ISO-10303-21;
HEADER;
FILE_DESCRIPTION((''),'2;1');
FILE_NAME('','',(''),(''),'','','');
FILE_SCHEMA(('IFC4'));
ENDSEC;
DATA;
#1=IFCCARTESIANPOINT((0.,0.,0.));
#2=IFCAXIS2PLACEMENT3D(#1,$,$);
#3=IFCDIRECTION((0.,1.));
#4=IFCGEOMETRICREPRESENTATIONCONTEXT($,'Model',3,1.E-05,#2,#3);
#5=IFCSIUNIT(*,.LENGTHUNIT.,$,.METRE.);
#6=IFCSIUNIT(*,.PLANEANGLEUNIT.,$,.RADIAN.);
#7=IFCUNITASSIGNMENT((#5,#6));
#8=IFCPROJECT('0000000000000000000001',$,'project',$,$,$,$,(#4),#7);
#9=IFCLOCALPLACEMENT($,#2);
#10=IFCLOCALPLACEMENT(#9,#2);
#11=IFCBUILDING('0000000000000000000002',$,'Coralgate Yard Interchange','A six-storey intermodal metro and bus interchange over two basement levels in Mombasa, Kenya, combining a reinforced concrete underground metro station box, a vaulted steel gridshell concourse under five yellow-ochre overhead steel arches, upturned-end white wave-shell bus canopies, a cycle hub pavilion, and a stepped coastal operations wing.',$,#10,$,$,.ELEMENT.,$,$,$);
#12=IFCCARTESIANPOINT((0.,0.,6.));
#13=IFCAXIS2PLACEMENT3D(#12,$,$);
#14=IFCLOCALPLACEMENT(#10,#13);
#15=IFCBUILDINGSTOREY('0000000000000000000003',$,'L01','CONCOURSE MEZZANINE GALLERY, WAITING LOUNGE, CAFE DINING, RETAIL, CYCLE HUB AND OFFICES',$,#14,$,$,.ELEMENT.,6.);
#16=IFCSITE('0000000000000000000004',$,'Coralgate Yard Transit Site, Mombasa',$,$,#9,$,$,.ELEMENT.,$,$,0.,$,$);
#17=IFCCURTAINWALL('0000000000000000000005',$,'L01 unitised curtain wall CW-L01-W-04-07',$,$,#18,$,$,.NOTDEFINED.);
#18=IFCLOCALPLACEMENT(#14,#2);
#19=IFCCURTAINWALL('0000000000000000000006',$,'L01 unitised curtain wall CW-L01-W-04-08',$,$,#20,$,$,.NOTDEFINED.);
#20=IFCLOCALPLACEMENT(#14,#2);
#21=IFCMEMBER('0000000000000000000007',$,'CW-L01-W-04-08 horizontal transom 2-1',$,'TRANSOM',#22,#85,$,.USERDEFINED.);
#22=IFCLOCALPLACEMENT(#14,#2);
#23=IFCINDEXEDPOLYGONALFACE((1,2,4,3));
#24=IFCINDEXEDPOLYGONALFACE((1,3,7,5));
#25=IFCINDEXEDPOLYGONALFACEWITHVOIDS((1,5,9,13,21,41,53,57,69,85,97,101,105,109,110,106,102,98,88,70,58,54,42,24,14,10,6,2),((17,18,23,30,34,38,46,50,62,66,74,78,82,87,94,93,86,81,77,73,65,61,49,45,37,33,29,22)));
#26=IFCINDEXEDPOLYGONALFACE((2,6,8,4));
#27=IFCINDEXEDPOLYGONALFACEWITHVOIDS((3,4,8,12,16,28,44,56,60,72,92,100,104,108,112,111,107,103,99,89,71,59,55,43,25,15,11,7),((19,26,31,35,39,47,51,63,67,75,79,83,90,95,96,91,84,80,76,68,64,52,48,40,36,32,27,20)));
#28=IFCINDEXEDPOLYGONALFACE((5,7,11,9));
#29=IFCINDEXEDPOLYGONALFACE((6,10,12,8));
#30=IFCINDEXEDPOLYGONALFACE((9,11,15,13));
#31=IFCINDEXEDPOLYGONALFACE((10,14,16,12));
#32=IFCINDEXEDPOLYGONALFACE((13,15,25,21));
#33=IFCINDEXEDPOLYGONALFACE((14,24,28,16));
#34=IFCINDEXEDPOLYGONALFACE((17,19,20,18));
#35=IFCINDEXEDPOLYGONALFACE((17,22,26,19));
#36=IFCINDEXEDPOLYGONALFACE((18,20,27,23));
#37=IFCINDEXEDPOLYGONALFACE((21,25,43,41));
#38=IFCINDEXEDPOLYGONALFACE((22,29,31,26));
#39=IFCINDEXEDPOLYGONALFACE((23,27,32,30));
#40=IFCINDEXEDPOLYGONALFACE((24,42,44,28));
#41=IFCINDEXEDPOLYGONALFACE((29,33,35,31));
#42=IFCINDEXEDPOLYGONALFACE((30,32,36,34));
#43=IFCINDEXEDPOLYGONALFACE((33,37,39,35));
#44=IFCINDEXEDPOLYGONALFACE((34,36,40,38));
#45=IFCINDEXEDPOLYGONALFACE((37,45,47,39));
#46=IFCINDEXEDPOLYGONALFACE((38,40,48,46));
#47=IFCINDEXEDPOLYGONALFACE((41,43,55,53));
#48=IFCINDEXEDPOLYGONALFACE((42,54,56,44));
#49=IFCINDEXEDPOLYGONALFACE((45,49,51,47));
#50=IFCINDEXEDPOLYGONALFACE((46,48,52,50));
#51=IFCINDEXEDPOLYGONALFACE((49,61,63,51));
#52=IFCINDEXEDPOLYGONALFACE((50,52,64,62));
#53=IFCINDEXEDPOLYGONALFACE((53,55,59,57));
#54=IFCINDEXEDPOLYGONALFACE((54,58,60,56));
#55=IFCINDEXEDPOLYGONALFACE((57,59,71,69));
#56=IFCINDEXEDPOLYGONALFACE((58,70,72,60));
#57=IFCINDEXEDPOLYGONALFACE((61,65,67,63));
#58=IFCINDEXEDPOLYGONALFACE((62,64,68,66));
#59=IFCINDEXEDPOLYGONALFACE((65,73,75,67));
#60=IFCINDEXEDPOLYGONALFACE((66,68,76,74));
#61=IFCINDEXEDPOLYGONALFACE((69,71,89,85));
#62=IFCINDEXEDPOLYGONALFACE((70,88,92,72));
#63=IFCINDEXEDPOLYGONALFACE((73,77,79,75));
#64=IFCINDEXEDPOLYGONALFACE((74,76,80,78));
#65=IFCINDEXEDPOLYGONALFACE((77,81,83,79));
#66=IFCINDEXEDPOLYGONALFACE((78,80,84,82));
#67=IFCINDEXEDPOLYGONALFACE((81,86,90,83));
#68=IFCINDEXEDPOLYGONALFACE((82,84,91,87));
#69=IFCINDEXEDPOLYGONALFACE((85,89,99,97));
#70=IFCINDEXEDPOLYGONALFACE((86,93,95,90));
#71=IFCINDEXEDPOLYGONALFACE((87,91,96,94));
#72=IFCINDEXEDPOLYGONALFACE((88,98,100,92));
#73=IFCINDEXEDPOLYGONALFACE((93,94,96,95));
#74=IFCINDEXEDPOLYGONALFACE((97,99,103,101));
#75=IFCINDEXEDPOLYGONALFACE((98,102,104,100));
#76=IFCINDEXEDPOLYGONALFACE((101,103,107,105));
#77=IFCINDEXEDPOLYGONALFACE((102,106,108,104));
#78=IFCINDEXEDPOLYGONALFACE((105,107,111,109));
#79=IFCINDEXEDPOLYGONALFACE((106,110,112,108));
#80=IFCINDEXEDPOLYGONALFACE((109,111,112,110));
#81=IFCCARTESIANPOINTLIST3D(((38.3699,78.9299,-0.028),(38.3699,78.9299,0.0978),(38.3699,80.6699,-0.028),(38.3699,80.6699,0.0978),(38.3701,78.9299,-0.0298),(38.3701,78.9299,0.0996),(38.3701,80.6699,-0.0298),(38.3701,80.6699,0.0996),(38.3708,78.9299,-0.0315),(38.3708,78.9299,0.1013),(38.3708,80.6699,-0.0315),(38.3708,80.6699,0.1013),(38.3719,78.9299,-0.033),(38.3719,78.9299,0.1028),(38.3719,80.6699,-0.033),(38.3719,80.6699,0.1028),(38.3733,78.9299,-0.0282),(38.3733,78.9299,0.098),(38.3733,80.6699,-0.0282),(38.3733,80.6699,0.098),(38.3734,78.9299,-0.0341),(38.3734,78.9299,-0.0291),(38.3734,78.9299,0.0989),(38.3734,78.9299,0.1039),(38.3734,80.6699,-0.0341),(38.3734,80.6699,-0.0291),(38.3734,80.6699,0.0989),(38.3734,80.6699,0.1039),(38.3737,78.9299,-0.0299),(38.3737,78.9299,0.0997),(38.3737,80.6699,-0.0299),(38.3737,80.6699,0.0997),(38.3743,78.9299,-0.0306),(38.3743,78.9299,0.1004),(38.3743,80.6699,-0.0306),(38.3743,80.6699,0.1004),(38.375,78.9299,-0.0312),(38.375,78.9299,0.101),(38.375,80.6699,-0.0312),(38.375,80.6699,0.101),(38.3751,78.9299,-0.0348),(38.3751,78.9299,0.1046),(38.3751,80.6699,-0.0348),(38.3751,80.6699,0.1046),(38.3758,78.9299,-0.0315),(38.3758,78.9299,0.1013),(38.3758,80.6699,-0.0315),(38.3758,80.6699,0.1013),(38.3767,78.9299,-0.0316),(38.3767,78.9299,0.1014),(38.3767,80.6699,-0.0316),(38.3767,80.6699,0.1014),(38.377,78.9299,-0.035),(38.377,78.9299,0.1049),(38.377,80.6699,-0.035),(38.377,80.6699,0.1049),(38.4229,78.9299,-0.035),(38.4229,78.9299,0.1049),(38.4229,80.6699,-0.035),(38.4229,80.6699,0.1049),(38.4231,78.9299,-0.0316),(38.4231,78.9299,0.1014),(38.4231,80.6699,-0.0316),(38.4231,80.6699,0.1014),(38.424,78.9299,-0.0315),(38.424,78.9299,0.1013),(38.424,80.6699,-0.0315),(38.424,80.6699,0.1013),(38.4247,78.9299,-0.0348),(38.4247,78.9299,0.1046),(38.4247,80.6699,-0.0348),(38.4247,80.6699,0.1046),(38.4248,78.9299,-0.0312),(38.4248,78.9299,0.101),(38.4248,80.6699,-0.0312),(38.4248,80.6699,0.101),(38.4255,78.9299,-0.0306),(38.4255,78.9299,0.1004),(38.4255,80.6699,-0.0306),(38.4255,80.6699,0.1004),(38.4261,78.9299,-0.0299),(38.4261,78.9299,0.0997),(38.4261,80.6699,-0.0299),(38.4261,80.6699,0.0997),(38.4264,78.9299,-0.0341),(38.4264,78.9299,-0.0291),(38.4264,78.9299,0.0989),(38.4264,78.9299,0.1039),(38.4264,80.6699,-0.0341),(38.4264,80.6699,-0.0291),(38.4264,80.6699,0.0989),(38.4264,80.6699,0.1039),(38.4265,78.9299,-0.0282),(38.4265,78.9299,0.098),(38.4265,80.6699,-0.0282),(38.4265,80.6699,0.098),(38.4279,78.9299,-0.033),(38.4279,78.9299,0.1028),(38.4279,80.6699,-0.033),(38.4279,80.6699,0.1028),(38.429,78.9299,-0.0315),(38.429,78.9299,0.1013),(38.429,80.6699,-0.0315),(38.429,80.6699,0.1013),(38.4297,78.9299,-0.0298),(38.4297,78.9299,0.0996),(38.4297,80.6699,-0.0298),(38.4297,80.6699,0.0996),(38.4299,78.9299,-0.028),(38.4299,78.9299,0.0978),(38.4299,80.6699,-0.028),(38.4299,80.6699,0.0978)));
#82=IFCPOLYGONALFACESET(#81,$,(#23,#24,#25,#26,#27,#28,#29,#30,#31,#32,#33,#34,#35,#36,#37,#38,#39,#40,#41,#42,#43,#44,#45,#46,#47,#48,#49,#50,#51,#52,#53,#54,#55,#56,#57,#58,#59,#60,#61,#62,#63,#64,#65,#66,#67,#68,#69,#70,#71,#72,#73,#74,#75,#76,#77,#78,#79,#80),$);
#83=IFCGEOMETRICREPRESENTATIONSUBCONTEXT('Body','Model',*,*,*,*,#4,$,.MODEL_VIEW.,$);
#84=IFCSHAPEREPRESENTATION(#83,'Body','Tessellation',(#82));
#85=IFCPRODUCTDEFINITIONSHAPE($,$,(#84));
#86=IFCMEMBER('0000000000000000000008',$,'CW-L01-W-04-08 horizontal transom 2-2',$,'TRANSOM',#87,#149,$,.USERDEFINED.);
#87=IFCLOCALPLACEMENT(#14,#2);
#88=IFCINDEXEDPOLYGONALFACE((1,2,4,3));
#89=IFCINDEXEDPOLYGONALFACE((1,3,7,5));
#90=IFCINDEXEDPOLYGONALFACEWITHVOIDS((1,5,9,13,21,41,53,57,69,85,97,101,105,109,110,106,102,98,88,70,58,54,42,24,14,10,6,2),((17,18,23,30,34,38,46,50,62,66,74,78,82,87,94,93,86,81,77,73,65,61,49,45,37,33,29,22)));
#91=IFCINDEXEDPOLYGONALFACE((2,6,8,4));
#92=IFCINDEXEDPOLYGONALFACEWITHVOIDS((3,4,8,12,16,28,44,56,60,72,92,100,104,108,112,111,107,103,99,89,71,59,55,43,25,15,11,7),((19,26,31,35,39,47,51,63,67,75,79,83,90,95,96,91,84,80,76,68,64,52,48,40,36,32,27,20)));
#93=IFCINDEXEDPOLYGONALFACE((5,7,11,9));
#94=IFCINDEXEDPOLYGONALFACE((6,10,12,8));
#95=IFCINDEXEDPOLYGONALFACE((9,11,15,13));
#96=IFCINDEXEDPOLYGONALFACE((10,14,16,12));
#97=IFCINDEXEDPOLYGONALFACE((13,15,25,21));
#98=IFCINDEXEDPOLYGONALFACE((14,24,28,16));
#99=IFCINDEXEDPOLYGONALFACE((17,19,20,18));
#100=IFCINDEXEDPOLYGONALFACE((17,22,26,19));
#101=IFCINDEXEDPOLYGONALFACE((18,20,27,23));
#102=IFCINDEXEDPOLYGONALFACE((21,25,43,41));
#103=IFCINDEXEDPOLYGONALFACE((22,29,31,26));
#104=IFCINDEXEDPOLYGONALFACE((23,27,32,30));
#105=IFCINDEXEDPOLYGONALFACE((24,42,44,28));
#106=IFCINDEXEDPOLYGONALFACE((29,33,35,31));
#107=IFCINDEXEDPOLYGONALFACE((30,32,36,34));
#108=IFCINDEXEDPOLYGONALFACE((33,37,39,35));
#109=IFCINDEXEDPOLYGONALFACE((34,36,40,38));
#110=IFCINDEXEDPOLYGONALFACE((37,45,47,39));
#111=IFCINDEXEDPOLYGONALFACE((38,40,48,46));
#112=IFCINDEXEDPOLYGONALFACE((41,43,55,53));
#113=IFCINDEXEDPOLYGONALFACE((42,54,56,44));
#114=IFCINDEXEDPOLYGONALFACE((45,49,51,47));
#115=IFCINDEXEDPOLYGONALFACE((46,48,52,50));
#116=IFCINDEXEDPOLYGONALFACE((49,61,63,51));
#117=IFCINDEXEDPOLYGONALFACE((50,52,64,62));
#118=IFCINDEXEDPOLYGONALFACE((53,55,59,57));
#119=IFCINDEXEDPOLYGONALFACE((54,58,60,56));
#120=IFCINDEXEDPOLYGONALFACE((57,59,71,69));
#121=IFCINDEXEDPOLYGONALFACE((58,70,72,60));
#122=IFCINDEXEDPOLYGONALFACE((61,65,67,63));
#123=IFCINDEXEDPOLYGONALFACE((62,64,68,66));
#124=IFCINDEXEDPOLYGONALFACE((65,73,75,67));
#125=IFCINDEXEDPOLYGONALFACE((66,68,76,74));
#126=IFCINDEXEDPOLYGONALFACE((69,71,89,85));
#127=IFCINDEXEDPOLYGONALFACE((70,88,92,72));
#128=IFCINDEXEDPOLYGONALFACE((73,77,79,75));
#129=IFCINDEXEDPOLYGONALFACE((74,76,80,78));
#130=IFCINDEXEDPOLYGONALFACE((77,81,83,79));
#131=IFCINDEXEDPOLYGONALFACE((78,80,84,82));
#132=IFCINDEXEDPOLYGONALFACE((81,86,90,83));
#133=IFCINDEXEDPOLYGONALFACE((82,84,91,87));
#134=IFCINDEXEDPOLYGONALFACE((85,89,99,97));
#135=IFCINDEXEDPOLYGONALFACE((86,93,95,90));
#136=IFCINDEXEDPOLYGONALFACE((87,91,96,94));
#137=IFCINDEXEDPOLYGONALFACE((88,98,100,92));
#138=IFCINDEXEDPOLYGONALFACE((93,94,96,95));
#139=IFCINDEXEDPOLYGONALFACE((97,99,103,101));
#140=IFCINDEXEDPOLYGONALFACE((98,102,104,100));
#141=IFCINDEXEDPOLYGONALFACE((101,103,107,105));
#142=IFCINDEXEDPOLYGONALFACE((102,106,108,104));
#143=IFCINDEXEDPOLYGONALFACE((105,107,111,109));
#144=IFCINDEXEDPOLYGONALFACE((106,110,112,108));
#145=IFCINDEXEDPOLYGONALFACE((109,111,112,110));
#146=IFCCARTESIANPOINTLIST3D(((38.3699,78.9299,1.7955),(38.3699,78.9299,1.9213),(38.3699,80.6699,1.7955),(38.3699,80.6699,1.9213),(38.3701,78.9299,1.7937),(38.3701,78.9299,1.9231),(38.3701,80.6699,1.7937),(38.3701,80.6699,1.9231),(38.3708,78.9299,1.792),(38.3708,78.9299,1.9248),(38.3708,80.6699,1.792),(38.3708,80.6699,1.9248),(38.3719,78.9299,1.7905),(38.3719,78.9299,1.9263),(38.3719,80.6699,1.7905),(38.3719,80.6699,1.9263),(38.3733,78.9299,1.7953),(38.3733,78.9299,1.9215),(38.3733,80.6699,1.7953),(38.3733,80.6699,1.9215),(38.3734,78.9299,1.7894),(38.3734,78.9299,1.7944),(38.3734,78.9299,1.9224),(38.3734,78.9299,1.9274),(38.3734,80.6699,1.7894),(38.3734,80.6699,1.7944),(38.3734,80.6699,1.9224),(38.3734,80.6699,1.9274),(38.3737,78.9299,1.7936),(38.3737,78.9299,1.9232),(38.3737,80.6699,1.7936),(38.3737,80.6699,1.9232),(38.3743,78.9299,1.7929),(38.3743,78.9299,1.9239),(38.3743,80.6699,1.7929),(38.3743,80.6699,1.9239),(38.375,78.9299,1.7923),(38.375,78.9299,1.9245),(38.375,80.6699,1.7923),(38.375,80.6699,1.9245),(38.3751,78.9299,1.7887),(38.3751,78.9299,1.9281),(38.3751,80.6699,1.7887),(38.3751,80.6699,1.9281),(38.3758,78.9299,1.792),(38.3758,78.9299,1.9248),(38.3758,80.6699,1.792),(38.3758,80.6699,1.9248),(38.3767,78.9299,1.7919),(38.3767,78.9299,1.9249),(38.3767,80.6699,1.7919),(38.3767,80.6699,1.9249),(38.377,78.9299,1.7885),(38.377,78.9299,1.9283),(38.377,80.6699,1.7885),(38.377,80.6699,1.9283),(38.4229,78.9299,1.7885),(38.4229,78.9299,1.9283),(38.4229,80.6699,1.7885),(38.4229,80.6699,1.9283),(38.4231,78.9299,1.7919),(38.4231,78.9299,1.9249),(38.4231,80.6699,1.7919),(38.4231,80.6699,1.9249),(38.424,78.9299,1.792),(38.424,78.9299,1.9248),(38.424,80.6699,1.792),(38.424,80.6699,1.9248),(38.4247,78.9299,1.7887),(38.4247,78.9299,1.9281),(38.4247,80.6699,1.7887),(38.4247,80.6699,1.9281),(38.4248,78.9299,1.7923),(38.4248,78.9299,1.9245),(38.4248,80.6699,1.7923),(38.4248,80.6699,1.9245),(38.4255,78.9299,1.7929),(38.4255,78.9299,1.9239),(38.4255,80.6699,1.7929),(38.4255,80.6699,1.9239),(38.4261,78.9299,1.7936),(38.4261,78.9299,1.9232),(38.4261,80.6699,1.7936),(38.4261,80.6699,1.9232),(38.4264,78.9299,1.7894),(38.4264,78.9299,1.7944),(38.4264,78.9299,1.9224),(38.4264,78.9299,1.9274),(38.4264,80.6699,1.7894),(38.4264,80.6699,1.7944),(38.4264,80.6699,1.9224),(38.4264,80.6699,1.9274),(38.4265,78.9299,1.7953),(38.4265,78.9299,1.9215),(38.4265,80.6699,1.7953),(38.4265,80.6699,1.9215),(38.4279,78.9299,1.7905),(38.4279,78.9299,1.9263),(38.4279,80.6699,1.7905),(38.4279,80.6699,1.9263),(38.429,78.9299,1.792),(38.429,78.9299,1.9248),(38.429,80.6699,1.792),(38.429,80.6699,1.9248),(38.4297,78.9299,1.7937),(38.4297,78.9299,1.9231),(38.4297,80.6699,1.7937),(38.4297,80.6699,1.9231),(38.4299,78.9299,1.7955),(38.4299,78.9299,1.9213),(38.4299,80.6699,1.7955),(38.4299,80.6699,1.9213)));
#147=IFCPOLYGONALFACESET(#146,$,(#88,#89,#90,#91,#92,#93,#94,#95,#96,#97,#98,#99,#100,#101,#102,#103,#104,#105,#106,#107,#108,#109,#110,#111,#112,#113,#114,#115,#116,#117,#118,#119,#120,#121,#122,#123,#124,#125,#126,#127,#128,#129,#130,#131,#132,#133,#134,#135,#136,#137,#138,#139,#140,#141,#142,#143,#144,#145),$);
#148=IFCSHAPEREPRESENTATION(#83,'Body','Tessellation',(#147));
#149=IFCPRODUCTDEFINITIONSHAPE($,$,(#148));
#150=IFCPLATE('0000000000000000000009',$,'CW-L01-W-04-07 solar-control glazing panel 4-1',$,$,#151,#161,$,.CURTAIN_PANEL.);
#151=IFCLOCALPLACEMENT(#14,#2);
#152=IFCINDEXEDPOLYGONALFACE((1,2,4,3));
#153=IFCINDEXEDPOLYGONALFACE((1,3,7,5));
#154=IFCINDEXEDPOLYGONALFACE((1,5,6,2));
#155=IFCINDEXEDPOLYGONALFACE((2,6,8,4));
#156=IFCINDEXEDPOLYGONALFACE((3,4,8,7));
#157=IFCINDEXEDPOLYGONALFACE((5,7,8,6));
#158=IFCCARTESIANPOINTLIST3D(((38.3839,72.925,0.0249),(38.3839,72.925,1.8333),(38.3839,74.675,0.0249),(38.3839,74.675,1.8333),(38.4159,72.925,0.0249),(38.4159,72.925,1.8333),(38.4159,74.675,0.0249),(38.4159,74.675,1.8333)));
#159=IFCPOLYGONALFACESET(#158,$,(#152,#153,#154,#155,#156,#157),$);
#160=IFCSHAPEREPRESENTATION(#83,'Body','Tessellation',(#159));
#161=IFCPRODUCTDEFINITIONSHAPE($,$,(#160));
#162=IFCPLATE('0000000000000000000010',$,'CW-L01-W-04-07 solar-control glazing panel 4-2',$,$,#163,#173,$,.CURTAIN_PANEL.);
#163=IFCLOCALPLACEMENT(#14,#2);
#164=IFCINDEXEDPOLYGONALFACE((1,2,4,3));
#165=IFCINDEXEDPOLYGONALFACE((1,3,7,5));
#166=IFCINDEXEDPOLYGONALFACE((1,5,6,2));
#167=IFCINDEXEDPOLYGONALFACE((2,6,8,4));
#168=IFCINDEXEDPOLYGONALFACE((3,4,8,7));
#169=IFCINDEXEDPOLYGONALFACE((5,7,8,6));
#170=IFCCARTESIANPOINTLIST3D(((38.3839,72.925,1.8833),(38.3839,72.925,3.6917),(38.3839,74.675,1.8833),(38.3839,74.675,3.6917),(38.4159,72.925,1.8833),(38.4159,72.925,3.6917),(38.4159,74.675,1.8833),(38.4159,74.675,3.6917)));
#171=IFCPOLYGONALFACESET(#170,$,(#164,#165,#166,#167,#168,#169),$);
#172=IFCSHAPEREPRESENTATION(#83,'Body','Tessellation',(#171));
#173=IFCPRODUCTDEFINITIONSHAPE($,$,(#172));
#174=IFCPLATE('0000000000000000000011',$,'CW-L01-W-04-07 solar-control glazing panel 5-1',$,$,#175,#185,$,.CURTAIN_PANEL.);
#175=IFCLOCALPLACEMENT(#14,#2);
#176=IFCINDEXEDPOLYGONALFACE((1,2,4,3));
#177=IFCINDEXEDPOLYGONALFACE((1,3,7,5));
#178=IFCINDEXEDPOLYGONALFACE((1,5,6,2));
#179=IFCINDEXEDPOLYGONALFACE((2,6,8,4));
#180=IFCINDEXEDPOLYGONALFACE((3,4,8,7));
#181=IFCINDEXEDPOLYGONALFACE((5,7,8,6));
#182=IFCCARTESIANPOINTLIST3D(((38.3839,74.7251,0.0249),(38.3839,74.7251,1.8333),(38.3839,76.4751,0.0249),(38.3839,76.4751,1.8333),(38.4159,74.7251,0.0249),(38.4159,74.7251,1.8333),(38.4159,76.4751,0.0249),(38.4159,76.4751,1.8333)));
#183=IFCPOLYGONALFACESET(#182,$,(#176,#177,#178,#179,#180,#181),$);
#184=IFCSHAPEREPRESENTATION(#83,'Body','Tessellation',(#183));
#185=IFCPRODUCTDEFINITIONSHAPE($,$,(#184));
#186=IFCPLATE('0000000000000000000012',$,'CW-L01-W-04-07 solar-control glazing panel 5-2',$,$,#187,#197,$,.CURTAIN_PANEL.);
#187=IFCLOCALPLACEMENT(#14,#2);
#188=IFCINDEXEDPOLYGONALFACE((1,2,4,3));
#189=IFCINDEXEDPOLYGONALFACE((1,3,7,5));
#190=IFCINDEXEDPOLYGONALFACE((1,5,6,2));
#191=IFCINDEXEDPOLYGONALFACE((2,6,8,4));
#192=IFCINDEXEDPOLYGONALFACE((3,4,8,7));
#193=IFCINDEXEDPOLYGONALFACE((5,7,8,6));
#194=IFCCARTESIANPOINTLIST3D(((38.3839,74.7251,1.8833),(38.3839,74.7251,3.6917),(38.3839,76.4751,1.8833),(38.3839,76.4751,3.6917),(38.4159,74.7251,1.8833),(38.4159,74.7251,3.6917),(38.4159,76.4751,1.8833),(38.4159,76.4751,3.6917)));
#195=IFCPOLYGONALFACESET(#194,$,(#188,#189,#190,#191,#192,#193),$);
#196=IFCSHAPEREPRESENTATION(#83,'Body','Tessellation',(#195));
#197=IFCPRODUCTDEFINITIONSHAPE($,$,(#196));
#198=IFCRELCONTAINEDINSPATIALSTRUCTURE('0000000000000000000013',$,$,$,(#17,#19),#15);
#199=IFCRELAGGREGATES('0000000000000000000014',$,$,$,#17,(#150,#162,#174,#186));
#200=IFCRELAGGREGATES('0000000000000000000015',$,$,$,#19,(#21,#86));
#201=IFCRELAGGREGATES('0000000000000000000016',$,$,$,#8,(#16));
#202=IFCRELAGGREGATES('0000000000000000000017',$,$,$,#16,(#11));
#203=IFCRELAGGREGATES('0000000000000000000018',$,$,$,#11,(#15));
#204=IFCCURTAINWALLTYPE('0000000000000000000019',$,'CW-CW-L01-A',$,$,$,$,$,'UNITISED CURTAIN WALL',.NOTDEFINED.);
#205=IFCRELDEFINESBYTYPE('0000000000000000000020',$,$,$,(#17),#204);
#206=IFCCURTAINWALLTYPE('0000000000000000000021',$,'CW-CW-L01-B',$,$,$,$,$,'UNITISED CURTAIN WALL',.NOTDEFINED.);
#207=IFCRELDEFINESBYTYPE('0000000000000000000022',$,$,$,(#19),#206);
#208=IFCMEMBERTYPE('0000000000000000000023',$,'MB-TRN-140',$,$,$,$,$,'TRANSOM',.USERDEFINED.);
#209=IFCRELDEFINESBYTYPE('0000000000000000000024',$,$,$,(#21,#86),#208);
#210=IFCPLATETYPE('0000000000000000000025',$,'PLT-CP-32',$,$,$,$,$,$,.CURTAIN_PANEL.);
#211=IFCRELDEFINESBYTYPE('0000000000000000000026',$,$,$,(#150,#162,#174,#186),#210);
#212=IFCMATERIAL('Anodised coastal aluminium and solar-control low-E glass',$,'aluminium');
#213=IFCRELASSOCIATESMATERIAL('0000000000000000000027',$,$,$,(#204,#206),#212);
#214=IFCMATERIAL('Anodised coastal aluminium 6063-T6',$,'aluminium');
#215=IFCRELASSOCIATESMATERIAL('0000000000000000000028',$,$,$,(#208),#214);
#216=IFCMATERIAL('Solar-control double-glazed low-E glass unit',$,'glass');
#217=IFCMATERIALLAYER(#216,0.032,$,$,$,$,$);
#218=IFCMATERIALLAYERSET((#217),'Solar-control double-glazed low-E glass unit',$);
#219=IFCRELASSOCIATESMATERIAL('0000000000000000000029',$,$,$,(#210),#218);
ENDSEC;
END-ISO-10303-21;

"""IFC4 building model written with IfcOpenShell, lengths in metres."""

from ifc_helpers import new_model, si_unit, direction, frame, origin, origin_2d, place, context, subcontext, project, spatial, rectangle, hollow_rectangle, extrude, material, layer, layer_set, material_profile, profile_set, type_object, element, aggregate, save


model = new_model("IFC4")

# Units and contexts
model_context = context("Model", 3, precision=1e-05, world=origin(), true_north=direction((0.0, 1.0)))
body_context = subcontext(model_context, "Body", "Model", "MODEL_VIEW")
ifc_project = project(units=[si_unit("LENGTHUNIT", "METRE"), si_unit("PLANEANGLEUNIT", "RADIAN")], contexts=[model_context])

# Site, building, storey
site_placement = place(None, origin())
site = spatial("IfcSite", under=ifc_project, at=site_placement, Name="Coralgate Yard Transit Site, Mombasa", CompositionType="ELEMENT", RefElevation=0.0)
building_placement = place(site_placement, origin())
building = spatial("IfcBuilding", under=site, at=building_placement, Name="Coralgate Yard Interchange", Description="A six-storey intermodal metro and bus interchange over two basement levels in Mombasa, Kenya, combining a reinforced concrete underground metro station box, a vaulted steel gridshell concourse under five yellow-ochre overhead steel arches, upturned-end white wave-shell bus canopies, a cycle hub pavilion, and a stepped coastal operations wing.", CompositionType="ELEMENT")
storey_placement = place(building_placement, frame((0.0, 0.0, 6.0)))
storey = spatial("IfcBuildingStorey", under=building, at=storey_placement, Name="L01", Description="CONCOURSE MEZZANINE GALLERY, WAITING LOUNGE, CAFE DINING, RETAIL, CYCLE HUB AND OFFICES", CompositionType="ELEMENT", Elevation=6.0)

# Curtain walls
ifc_material_1 = material(Name="Anodised coastal aluminium and solar-control low-E glass", Category="aluminium")
curtain_wall_type_1 = type_object("IfcCurtainWallType", Name="CW-CW-L01-A", ElementType="UNITISED CURTAIN WALL", PredefinedType="NOTDEFINED", material=ifc_material_1)
curtain_wall_1_placement = place(storey_placement, origin())
curtain_wall_1 = element("IfcCurtainWall", 1, at=curtain_wall_1_placement, inside=storey, type_object=curtain_wall_type_1, Name="L01 unitised curtain wall CW-L01-W-04-07", PredefinedType="NOTDEFINED")
ifc_material_2 = material(Name="Anodised coastal aluminium 6063-T6", Category="aluminium")
curtain_wall_type_2 = type_object("IfcCurtainWallType", Name="CW-CW-L01-B", ElementType="UNITISED CURTAIN WALL", PredefinedType="NOTDEFINED", material=ifc_material_1)
curtain_wall_2_placement = place(storey_placement, origin())
curtain_wall_2 = element("IfcCurtainWall", 2, at=curtain_wall_2_placement, inside=storey, type_object=curtain_wall_type_2, Name="L01 unitised curtain wall CW-L01-W-04-08", PredefinedType="NOTDEFINED")

# Members
ifc_material_profile_1 = material_profile(ifc_material_2, hollow_rectangle(XDim=0.0601, YDim=0.1399, WallThickness=0.0034, InnerFilletRadius=0.0034, OuterFilletRadius=0.0071, at=origin_2d()), Name="ALU 60x140x3.5")
ifc_profile_set_1 = profile_set([ifc_material_profile_1], Name="Anodised coastal aluminium 6063-T6")
member_type_1 = type_object("IfcMemberType", Name="MB-TRN-140", ElementType="TRANSOM", PredefinedType="USERDEFINED", material=ifc_profile_set_1)
member_1_placement = place(storey_placement, frame((38.3999, 78.9299, 0.0349), z_axis=(0.0, 1.0, 0.0), x_axis=(-1.0, 0.0, 0.0)))
member_1 = element("IfcMember", 3, at=member_1_placement, type_object=member_type_1, Name="CW-L01-W-04-08 horizontal transom 2-1", ObjectType="TRANSOM", PredefinedType="USERDEFINED", context=body_context, shape_type="SweptSolid", body=[
    extrude(hollow_rectangle(XDim=0.0601, YDim=0.1399, WallThickness=0.0034, InnerFilletRadius=0.0034, OuterFilletRadius=0.0071, at=origin_2d()), origin(), (0.0, 0.0, 1.0), 1.74),
])
member_2_placement = place(storey_placement, frame((38.3999, 78.9299, 1.8584), z_axis=(0.0, 1.0, 0.0), x_axis=(-1.0, 0.0, 0.0)))
member_2 = element("IfcMember", 4, at=member_2_placement, type_object=member_type_1, Name="CW-L01-W-04-08 horizontal transom 2-2", ObjectType="TRANSOM", PredefinedType="USERDEFINED", context=body_context, shape_type="SweptSolid", body=[
    extrude(hollow_rectangle(XDim=0.0601, YDim=0.1399, WallThickness=0.0034, InnerFilletRadius=0.0034, OuterFilletRadius=0.0071, at=origin_2d()), origin(), (0.0, 0.0, 1.0), 1.74),
])

# Plates
ifc_material_3 = material(Name="Solar-control double-glazed low-E glass unit", Category="glass")
ifc_layer_1 = layer(ifc_material_3, 0.032)
ifc_layer_set_1 = layer_set([ifc_layer_1], Name="Solar-control double-glazed low-E glass unit")
plate_type = type_object("IfcPlateType", Name="PLT-CP-32", PredefinedType="CURTAIN_PANEL", material=ifc_layer_set_1)
plate_1_placement = place(storey_placement, frame((38.3999, 73.8, 0.0249), z_axis=(0.0, 0.0, 1.0), x_axis=(0.0, 1.0, 0.0)))
plate_1 = element("IfcPlate", 5, at=plate_1_placement, type_object=plate_type, Name="CW-L01-W-04-07 solar-control glazing panel 4-1", PredefinedType="CURTAIN_PANEL", context=body_context, shape_type="SweptSolid", body=[
    extrude(rectangle(XDim=1.75, YDim=0.032, at=origin_2d()), origin(), (0.0, 0.0, 1.0), 1.8083),
])
plate_2_placement = place(storey_placement, frame((38.3999, 73.8, 1.8833), z_axis=(0.0, 0.0, 1.0), x_axis=(0.0, 1.0, 0.0)))
plate_2 = element("IfcPlate", 6, at=plate_2_placement, type_object=plate_type, Name="CW-L01-W-04-07 solar-control glazing panel 4-2", PredefinedType="CURTAIN_PANEL", context=body_context, shape_type="SweptSolid", body=[
    extrude(rectangle(XDim=1.75, YDim=0.032, at=origin_2d()), origin(), (0.0, 0.0, 1.0), 1.8083),
])
plate_3_placement = place(storey_placement, frame((38.3999, 75.6001, 0.0249), z_axis=(0.0, 0.0, 1.0), x_axis=(0.0, 1.0, 0.0)))
plate_3 = element("IfcPlate", 7, at=plate_3_placement, type_object=plate_type, Name="CW-L01-W-04-07 solar-control glazing panel 5-1", PredefinedType="CURTAIN_PANEL", context=body_context, shape_type="SweptSolid", body=[
    extrude(rectangle(XDim=1.75, YDim=0.032, at=origin_2d()), origin(), (0.0, 0.0, 1.0), 1.8083),
])
plate_4_placement = place(storey_placement, frame((38.3999, 75.6001, 1.8833), z_axis=(0.0, 0.0, 1.0), x_axis=(0.0, 1.0, 0.0)))
plate_4 = element("IfcPlate", 8, at=plate_4_placement, type_object=plate_type, Name="CW-L01-W-04-07 solar-control glazing panel 5-2", PredefinedType="CURTAIN_PANEL", context=body_context, shape_type="SweptSolid", body=[
    extrude(rectangle(XDim=1.75, YDim=0.032, at=origin_2d()), origin(), (0.0, 0.0, 1.0), 1.8083),
])
aggregate(curtain_wall_1, [plate_1, plate_2, plate_3, plate_4])
aggregate(curtain_wall_2, [member_1, member_2])

save(model, "model.ifc")
